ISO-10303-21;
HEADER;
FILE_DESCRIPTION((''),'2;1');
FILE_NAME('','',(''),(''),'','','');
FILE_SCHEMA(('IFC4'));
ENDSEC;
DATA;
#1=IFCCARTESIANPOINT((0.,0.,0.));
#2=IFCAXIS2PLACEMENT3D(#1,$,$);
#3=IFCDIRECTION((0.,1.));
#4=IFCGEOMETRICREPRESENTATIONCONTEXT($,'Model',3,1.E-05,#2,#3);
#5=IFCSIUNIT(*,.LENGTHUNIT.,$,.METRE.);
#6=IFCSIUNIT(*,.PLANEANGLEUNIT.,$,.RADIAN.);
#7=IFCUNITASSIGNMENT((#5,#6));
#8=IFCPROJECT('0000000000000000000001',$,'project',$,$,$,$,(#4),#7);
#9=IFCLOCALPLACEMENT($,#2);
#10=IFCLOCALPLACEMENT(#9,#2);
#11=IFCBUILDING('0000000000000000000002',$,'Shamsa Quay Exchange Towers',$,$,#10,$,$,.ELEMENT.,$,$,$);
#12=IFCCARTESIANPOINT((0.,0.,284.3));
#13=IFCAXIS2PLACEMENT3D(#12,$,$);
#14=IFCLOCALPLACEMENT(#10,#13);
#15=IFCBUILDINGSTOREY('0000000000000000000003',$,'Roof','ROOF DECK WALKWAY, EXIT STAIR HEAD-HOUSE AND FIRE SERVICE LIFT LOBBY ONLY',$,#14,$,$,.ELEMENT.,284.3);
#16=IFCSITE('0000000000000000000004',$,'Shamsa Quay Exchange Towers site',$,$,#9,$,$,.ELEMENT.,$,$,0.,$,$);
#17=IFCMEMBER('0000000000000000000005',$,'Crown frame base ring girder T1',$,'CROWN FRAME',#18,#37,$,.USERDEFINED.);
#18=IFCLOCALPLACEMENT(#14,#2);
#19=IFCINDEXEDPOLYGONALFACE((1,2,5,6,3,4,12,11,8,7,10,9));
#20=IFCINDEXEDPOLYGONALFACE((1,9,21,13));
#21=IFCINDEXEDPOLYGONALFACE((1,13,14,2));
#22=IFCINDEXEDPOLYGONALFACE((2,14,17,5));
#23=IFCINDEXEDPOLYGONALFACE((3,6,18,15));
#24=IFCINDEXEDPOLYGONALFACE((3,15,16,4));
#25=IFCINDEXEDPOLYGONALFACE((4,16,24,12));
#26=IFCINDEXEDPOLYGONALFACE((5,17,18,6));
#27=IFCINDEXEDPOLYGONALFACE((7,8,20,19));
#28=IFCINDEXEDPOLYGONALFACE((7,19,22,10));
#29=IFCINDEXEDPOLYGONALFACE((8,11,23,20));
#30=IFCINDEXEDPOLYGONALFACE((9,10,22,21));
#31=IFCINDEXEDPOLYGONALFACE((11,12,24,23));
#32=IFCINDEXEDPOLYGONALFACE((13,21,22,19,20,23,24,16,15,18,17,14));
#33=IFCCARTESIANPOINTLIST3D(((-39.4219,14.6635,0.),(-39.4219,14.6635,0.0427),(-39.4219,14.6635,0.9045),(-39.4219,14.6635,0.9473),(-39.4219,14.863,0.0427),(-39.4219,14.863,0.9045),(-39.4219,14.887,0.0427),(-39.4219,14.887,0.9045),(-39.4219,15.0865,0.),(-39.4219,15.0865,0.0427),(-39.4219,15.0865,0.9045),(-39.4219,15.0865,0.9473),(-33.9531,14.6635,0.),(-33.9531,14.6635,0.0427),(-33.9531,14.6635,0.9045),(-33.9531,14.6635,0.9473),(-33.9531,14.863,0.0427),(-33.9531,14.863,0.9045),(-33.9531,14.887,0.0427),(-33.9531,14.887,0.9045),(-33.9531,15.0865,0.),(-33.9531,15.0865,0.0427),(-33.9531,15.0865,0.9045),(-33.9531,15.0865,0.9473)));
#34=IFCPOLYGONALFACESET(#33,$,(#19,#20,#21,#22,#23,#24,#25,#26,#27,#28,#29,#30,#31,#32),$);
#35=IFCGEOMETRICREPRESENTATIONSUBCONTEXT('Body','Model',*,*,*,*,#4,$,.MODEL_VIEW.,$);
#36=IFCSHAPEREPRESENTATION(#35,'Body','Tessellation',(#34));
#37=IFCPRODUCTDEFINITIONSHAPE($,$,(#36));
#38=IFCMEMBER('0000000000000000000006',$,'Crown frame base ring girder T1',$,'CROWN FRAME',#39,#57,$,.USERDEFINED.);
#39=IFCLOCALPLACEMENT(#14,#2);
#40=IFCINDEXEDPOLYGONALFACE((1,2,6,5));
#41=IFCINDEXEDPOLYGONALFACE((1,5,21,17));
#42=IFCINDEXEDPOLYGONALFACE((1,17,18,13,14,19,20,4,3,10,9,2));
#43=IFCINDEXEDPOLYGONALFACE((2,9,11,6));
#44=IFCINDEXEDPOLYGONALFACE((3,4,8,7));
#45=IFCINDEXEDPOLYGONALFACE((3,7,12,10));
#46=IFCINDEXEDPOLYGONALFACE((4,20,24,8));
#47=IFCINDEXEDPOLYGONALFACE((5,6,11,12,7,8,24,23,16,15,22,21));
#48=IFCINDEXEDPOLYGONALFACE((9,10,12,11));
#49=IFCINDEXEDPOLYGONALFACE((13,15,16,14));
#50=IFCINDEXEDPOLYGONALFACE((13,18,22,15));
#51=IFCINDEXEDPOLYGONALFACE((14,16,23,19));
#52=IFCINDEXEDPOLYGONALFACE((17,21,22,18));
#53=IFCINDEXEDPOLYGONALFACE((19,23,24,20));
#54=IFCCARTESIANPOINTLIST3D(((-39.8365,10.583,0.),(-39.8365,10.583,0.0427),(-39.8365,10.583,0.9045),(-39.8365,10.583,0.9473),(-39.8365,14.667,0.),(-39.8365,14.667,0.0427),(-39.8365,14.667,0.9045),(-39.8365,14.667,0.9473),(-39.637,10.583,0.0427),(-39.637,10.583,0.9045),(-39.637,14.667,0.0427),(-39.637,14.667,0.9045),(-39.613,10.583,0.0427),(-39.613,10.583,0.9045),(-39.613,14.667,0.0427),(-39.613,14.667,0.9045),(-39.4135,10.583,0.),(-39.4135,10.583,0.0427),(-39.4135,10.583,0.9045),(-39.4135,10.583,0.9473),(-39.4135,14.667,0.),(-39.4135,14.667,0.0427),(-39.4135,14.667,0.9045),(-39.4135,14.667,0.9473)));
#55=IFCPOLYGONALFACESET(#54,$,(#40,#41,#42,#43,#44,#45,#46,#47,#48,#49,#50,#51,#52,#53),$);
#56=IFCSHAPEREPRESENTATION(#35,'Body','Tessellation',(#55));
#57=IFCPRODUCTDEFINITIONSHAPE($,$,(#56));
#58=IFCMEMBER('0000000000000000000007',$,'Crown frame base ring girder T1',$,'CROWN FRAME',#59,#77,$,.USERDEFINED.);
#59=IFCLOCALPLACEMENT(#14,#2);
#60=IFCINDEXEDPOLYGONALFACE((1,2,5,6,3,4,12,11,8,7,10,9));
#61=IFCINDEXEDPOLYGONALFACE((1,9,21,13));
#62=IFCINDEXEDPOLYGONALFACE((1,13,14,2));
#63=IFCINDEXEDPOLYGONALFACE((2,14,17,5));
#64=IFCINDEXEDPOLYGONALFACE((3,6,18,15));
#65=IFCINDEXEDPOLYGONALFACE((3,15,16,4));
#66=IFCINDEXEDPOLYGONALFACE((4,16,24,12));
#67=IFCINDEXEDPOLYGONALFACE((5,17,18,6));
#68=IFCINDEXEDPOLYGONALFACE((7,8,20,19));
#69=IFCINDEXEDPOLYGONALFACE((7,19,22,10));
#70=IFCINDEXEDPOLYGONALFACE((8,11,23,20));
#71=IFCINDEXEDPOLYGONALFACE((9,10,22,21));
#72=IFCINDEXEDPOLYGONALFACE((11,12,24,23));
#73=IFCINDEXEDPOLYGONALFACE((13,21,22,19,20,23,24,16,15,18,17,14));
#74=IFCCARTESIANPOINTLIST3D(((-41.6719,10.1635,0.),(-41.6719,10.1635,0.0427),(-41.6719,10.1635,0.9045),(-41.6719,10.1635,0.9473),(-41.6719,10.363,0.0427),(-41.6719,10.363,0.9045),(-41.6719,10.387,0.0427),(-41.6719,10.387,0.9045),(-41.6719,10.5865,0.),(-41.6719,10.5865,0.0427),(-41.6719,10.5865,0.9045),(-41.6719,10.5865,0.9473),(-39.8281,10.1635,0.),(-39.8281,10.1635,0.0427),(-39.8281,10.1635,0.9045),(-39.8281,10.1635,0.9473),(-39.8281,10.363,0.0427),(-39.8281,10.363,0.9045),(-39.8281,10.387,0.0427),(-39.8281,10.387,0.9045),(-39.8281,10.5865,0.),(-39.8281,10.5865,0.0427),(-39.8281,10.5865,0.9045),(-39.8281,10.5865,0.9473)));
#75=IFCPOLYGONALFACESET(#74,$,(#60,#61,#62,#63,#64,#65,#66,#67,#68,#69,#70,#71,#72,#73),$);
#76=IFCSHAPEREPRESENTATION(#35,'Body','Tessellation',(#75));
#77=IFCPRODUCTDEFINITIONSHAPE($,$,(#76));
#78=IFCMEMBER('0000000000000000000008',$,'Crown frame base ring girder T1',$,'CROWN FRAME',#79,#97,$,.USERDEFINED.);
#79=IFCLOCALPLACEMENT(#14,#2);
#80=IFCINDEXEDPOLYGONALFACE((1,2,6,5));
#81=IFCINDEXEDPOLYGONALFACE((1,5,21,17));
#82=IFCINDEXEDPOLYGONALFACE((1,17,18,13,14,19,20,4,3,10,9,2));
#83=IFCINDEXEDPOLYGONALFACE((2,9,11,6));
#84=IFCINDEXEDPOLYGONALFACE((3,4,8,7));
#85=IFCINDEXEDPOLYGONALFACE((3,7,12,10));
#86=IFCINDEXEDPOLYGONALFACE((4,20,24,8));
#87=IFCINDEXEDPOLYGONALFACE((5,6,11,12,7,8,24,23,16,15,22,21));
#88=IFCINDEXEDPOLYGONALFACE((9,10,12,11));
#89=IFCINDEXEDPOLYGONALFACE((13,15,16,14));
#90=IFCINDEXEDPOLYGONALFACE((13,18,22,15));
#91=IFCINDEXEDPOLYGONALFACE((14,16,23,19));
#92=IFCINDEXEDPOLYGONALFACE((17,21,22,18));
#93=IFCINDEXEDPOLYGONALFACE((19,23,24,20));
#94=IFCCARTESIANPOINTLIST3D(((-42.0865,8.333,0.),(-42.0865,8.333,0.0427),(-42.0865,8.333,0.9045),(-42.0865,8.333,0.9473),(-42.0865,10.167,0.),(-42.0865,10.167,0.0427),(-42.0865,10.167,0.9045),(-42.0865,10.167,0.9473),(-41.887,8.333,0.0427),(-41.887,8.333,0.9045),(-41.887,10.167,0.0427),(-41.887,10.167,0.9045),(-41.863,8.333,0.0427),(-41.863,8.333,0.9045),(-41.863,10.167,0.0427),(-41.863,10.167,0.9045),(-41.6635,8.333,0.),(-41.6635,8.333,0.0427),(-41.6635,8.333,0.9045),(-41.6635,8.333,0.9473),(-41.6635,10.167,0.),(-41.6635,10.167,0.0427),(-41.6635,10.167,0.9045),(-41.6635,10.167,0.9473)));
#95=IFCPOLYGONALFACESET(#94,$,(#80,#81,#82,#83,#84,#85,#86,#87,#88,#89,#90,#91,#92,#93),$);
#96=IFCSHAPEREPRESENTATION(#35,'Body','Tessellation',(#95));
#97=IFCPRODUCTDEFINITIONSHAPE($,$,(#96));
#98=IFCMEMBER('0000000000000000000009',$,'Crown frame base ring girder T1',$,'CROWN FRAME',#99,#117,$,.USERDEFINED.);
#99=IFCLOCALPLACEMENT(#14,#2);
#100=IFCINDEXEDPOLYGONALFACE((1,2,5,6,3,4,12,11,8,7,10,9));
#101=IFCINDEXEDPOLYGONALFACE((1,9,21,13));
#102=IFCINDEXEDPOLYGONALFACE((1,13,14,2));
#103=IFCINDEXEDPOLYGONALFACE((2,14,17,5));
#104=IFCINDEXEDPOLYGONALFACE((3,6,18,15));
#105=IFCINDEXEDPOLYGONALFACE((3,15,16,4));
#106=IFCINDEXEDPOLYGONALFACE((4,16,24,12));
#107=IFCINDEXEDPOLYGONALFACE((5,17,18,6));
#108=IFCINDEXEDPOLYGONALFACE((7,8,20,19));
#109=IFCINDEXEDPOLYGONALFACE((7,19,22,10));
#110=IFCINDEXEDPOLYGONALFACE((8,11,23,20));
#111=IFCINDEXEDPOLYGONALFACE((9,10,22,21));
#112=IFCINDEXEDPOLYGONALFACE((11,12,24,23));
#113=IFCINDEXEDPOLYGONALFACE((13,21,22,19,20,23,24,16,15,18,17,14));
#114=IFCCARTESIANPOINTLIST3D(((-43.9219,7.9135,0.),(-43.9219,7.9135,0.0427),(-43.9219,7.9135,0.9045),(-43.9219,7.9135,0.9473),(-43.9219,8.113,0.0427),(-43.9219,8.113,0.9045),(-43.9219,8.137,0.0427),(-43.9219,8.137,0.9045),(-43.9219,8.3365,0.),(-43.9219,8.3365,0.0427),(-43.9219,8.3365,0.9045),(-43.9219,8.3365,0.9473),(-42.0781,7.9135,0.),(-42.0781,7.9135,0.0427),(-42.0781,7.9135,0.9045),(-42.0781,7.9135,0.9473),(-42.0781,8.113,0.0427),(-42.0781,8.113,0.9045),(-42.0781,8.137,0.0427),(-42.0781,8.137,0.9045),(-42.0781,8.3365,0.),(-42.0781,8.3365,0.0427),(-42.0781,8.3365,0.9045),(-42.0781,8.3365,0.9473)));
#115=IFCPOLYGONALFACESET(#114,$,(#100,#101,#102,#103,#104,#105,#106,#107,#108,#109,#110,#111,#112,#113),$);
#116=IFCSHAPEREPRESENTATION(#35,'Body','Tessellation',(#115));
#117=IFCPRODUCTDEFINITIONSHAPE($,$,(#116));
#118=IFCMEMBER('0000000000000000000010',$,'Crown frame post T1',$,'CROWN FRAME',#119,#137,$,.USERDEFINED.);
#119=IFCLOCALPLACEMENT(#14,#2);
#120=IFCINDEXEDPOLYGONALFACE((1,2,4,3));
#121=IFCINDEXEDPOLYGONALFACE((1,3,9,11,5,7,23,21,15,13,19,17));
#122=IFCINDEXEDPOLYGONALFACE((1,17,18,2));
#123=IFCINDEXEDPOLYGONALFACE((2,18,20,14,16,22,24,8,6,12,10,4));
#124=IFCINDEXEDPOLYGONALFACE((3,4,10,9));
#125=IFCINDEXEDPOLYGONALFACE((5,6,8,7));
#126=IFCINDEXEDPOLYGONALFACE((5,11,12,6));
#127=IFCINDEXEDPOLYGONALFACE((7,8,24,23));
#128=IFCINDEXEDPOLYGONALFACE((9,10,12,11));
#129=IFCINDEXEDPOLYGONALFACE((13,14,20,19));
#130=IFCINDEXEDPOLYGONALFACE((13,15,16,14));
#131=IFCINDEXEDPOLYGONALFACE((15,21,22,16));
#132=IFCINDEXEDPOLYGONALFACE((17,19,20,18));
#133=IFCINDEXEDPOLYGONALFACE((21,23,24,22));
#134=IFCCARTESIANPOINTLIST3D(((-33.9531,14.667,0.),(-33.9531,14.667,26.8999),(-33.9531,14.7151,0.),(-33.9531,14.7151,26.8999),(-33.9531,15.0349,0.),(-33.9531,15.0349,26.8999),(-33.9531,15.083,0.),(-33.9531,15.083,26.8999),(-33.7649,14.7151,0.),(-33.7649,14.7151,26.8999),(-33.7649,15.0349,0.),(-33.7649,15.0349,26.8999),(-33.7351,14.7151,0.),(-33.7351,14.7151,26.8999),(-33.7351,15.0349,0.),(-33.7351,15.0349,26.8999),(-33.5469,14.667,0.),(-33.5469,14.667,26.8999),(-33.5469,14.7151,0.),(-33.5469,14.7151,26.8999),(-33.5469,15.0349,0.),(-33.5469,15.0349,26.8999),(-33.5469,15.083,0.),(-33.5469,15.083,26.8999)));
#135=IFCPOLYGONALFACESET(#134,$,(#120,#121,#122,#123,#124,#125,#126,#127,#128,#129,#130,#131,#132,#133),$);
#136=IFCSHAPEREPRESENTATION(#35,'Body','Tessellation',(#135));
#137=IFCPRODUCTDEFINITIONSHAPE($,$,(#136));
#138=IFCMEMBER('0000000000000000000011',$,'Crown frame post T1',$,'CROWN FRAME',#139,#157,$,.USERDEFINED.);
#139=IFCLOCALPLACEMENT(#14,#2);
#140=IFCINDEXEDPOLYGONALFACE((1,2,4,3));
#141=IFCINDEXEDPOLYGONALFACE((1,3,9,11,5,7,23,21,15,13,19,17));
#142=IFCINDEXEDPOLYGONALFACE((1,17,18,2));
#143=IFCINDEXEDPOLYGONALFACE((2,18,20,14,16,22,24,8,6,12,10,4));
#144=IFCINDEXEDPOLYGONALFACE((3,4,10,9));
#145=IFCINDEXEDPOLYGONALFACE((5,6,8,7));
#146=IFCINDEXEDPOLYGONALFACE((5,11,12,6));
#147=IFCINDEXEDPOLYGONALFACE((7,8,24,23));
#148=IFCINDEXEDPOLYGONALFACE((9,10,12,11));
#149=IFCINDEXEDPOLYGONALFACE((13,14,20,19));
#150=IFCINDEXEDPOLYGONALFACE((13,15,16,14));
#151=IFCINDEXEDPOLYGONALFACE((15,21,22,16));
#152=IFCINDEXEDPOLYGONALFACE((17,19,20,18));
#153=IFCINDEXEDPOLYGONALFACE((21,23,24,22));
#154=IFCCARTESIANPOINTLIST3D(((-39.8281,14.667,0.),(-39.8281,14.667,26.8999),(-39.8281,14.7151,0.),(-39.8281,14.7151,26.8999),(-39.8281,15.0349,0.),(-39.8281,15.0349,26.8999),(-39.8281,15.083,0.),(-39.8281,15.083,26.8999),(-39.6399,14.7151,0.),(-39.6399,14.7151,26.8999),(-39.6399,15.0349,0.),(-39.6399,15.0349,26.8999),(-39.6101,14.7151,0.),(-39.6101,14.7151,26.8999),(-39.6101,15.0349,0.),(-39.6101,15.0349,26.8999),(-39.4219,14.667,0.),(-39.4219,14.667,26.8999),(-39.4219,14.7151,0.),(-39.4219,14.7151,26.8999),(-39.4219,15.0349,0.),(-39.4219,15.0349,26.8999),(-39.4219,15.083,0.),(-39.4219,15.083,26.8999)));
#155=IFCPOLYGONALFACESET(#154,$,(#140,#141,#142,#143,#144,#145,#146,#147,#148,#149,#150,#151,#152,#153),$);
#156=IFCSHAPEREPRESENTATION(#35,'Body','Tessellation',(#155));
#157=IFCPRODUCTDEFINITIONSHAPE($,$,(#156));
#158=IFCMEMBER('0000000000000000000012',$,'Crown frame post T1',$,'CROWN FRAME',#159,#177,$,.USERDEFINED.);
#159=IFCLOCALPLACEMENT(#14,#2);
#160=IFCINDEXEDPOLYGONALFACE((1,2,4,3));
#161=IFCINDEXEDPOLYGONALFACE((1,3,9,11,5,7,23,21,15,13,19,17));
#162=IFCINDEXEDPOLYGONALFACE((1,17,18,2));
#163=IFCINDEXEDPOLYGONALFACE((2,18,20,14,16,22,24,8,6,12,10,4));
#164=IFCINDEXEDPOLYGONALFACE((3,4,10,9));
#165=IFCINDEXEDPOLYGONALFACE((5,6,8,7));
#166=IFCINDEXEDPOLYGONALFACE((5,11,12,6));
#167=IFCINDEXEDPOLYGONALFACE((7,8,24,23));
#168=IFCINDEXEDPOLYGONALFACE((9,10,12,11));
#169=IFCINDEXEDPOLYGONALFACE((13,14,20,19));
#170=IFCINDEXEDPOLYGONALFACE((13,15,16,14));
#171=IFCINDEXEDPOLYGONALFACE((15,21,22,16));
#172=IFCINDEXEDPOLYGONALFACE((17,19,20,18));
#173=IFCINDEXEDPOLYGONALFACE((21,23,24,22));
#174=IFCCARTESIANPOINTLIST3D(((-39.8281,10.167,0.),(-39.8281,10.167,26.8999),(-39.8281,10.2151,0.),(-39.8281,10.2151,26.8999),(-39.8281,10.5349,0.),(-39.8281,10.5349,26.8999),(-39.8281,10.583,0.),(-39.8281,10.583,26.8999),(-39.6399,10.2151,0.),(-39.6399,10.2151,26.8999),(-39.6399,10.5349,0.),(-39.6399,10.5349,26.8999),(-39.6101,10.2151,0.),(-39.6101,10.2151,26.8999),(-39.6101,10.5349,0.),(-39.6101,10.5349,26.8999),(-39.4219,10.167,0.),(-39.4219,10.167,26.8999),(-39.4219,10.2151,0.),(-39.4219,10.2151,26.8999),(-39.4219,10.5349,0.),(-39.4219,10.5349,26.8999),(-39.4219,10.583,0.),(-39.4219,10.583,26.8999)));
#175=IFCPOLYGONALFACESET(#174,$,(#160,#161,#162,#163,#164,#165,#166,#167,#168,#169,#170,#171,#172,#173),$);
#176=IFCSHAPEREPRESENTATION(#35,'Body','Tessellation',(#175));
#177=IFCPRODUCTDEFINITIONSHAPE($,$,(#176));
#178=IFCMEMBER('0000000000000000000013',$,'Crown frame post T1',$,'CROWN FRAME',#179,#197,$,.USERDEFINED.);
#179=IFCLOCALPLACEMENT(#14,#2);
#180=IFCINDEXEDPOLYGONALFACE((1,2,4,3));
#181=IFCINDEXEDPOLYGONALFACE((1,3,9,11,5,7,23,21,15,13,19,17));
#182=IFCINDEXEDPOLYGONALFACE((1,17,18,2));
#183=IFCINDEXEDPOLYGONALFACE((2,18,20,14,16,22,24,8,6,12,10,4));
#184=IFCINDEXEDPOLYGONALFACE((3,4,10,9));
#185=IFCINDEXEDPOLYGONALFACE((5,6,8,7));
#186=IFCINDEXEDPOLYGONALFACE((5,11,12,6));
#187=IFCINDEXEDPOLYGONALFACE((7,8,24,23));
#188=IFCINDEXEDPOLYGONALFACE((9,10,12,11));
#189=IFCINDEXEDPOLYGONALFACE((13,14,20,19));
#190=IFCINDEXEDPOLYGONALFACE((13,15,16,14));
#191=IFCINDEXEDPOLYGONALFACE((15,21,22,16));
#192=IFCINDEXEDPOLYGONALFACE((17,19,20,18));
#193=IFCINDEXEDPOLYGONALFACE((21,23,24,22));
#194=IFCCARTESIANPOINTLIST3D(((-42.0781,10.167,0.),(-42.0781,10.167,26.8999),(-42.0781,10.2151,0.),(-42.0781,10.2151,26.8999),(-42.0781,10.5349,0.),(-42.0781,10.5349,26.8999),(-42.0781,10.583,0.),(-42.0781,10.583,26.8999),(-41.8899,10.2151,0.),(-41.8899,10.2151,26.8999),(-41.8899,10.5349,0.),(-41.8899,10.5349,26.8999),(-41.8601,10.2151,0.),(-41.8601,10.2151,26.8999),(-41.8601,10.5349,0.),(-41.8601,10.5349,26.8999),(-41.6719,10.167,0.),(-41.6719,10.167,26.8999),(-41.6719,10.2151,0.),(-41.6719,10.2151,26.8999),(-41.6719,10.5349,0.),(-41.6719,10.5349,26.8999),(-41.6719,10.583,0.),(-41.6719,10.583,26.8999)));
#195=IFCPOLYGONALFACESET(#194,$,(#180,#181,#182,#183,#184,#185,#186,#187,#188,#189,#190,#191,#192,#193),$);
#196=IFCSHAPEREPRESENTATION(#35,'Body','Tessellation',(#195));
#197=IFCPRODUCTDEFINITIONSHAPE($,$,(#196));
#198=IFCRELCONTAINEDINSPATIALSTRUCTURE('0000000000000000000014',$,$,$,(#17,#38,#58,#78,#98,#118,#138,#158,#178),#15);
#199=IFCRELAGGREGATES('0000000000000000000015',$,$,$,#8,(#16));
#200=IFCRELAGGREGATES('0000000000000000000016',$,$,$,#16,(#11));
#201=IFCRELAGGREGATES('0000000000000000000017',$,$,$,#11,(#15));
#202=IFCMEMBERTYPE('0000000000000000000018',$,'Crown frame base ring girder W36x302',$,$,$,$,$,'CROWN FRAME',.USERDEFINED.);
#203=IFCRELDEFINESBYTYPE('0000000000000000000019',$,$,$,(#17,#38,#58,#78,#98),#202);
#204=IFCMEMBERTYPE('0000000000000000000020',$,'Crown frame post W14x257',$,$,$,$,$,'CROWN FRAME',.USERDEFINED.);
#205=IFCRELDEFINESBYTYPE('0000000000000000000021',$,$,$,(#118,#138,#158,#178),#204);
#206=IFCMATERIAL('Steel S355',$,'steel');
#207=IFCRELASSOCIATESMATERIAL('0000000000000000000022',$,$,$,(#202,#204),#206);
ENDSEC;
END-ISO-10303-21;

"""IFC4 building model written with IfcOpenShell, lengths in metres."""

from ifc_helpers import new_model, si_unit, direction, frame, origin, origin_2d, place, context, subcontext, project, spatial, i_section, extrude, material, material_profile, profile_set, type_object, element, save


model = new_model("IFC4")

# Units and contexts
model_context = context("Model", 3, precision=1e-05, world=origin(), true_north=direction((0.0, 1.0)))
body_context = subcontext(model_context, "Body", "Model", "MODEL_VIEW")
ifc_project = project(units=[si_unit("LENGTHUNIT", "METRE"), si_unit("PLANEANGLEUNIT", "RADIAN")], contexts=[model_context])

# Site, building, storey
site_placement = place(None, origin())
site = spatial("IfcSite", under=ifc_project, at=site_placement, Name="Shamsa Quay Exchange Towers site", CompositionType="ELEMENT", RefElevation=0.0)
building_placement = place(site_placement, origin())
building = spatial("IfcBuilding", under=site, at=building_placement, Name="Shamsa Quay Exchange Towers", CompositionType="ELEMENT")
storey_placement = place(building_placement, frame((0.0, 0.0, 284.3)))
storey = spatial("IfcBuildingStorey", under=building, at=storey_placement, Name="Roof", Description="ROOF DECK WALKWAY, EXIT STAIR HEAD-HOUSE AND FIRE SERVICE LIFT LOBBY ONLY", CompositionType="ELEMENT", Elevation=284.3)

# Members
ifc_material_1 = material(Name="Steel S355", Category="steel")
ifc_material_profile_1 = material_profile(ifc_material_1, i_section(OverallWidth=0.4231, OverallDepth=0.9473, WebThickness=0.0239, FlangeThickness=0.0427, at=origin_2d()), Name="W36x302")
ifc_profile_set_1 = profile_set([ifc_material_profile_1], Name="Steel S355")
member_type_1 = type_object("IfcMemberType", Name="Crown frame base ring girder W36x302", ElementType="CROWN FRAME", PredefinedType="USERDEFINED", material=ifc_profile_set_1)
member_1_placement = place(storey_placement, frame((-33.9531, 14.875, 0.4736), z_axis=(-1.0, 0.0, 0.0), x_axis=(0.0, -1.0, 0.0)))
element("IfcMember", 1, at=member_1_placement, inside=storey, type_object=member_type_1, Name="Crown frame base ring girder T1", ObjectType="CROWN FRAME", PredefinedType="USERDEFINED", context=body_context, shape_type="SweptSolid", body=[
    extrude(i_section(OverallWidth=0.4231, OverallDepth=0.9473, WebThickness=0.0239, FlangeThickness=0.0427, at=origin_2d()), origin(), (0.0, 0.0, 1.0), 5.4688),
])
member_2_placement = place(storey_placement, frame((-39.625, 14.667, 0.4736), z_axis=(0.0, -1.0, 0.0), x_axis=(1.0, 0.0, 0.0)))
element("IfcMember", 2, at=member_2_placement, inside=storey, type_object=member_type_1, Name="Crown frame base ring girder T1", ObjectType="CROWN FRAME", PredefinedType="USERDEFINED", context=body_context, shape_type="SweptSolid", body=[
    extrude(i_section(OverallWidth=0.4231, OverallDepth=0.9473, WebThickness=0.0239, FlangeThickness=0.0427, at=origin_2d()), origin(), (0.0, 0.0, 1.0), 4.084),
])
member_3_placement = place(storey_placement, frame((-39.8281, 10.375, 0.4736), z_axis=(-1.0, 0.0, 0.0), x_axis=(0.0, -1.0, 0.0)))
element("IfcMember", 3, at=member_3_placement, inside=storey, type_object=member_type_1, Name="Crown frame base ring girder T1", ObjectType="CROWN FRAME", PredefinedType="USERDEFINED", context=body_context, shape_type="SweptSolid", body=[
    extrude(i_section(OverallWidth=0.4231, OverallDepth=0.9473, WebThickness=0.0239, FlangeThickness=0.0427, at=origin_2d()), origin(), (0.0, 0.0, 1.0), 1.8438),
])
member_4_placement = place(storey_placement, frame((-41.875, 10.167, 0.4736), z_axis=(0.0, -1.0, 0.0), x_axis=(1.0, 0.0, 0.0)))
element("IfcMember", 4, at=member_4_placement, inside=storey, type_object=member_type_1, Name="Crown frame base ring girder T1", ObjectType="CROWN FRAME", PredefinedType="USERDEFINED", context=body_context, shape_type="SweptSolid", body=[
    extrude(i_section(OverallWidth=0.4231, OverallDepth=0.9473, WebThickness=0.0239, FlangeThickness=0.0427, at=origin_2d()), origin(), (0.0, 0.0, 1.0), 1.834),
])
member_5_placement = place(storey_placement, frame((-42.0781, 8.125, 0.4736), z_axis=(-1.0, 0.0, 0.0), x_axis=(0.0, -1.0, 0.0)))
element("IfcMember", 5, at=member_5_placement, inside=storey, type_object=member_type_1, Name="Crown frame base ring girder T1", ObjectType="CROWN FRAME", PredefinedType="USERDEFINED", context=body_context, shape_type="SweptSolid", body=[
    extrude(i_section(OverallWidth=0.4231, OverallDepth=0.9473, WebThickness=0.0239, FlangeThickness=0.0427, at=origin_2d()), origin(), (0.0, 0.0, 1.0), 1.8438),
])
ifc_material_profile_2 = material_profile(ifc_material_1, i_section(OverallWidth=0.4062, OverallDepth=0.416, WebThickness=0.0298, FlangeThickness=0.0481, at=origin_2d()), Name="W14x257")
ifc_profile_set_2 = profile_set([ifc_material_profile_2], Name="Steel S355")
member_type_2 = type_object("IfcMemberType", Name="Crown frame post W14x257", ElementType="CROWN FRAME", PredefinedType="USERDEFINED", material=ifc_profile_set_2)
for number, where, name in (
    (6, (-33.75, 14.875, 0.0), "Crown frame post T1"),
    (7, (-39.625, 14.875, 0.0), "Crown frame post T1"),
    (8, (-39.625, 10.375, 0.0), "Crown frame post T1"),
    (9, (-41.875, 10.375, 0.0), "Crown frame post T1"),
):
    element("IfcMember", number, at=place(storey_placement, frame(where)), inside=storey, type_object=member_type_2, Name=name, ObjectType="CROWN FRAME", PredefinedType="USERDEFINED", context=body_context, shape_type="SweptSolid", body=[
        extrude(i_section(OverallWidth=0.4062, OverallDepth=0.416, WebThickness=0.0298, FlangeThickness=0.0481, at=origin_2d()), origin(), (0.0, 0.0, 1.0), 26.8999),
    ])

save(model, "model.ifc")
